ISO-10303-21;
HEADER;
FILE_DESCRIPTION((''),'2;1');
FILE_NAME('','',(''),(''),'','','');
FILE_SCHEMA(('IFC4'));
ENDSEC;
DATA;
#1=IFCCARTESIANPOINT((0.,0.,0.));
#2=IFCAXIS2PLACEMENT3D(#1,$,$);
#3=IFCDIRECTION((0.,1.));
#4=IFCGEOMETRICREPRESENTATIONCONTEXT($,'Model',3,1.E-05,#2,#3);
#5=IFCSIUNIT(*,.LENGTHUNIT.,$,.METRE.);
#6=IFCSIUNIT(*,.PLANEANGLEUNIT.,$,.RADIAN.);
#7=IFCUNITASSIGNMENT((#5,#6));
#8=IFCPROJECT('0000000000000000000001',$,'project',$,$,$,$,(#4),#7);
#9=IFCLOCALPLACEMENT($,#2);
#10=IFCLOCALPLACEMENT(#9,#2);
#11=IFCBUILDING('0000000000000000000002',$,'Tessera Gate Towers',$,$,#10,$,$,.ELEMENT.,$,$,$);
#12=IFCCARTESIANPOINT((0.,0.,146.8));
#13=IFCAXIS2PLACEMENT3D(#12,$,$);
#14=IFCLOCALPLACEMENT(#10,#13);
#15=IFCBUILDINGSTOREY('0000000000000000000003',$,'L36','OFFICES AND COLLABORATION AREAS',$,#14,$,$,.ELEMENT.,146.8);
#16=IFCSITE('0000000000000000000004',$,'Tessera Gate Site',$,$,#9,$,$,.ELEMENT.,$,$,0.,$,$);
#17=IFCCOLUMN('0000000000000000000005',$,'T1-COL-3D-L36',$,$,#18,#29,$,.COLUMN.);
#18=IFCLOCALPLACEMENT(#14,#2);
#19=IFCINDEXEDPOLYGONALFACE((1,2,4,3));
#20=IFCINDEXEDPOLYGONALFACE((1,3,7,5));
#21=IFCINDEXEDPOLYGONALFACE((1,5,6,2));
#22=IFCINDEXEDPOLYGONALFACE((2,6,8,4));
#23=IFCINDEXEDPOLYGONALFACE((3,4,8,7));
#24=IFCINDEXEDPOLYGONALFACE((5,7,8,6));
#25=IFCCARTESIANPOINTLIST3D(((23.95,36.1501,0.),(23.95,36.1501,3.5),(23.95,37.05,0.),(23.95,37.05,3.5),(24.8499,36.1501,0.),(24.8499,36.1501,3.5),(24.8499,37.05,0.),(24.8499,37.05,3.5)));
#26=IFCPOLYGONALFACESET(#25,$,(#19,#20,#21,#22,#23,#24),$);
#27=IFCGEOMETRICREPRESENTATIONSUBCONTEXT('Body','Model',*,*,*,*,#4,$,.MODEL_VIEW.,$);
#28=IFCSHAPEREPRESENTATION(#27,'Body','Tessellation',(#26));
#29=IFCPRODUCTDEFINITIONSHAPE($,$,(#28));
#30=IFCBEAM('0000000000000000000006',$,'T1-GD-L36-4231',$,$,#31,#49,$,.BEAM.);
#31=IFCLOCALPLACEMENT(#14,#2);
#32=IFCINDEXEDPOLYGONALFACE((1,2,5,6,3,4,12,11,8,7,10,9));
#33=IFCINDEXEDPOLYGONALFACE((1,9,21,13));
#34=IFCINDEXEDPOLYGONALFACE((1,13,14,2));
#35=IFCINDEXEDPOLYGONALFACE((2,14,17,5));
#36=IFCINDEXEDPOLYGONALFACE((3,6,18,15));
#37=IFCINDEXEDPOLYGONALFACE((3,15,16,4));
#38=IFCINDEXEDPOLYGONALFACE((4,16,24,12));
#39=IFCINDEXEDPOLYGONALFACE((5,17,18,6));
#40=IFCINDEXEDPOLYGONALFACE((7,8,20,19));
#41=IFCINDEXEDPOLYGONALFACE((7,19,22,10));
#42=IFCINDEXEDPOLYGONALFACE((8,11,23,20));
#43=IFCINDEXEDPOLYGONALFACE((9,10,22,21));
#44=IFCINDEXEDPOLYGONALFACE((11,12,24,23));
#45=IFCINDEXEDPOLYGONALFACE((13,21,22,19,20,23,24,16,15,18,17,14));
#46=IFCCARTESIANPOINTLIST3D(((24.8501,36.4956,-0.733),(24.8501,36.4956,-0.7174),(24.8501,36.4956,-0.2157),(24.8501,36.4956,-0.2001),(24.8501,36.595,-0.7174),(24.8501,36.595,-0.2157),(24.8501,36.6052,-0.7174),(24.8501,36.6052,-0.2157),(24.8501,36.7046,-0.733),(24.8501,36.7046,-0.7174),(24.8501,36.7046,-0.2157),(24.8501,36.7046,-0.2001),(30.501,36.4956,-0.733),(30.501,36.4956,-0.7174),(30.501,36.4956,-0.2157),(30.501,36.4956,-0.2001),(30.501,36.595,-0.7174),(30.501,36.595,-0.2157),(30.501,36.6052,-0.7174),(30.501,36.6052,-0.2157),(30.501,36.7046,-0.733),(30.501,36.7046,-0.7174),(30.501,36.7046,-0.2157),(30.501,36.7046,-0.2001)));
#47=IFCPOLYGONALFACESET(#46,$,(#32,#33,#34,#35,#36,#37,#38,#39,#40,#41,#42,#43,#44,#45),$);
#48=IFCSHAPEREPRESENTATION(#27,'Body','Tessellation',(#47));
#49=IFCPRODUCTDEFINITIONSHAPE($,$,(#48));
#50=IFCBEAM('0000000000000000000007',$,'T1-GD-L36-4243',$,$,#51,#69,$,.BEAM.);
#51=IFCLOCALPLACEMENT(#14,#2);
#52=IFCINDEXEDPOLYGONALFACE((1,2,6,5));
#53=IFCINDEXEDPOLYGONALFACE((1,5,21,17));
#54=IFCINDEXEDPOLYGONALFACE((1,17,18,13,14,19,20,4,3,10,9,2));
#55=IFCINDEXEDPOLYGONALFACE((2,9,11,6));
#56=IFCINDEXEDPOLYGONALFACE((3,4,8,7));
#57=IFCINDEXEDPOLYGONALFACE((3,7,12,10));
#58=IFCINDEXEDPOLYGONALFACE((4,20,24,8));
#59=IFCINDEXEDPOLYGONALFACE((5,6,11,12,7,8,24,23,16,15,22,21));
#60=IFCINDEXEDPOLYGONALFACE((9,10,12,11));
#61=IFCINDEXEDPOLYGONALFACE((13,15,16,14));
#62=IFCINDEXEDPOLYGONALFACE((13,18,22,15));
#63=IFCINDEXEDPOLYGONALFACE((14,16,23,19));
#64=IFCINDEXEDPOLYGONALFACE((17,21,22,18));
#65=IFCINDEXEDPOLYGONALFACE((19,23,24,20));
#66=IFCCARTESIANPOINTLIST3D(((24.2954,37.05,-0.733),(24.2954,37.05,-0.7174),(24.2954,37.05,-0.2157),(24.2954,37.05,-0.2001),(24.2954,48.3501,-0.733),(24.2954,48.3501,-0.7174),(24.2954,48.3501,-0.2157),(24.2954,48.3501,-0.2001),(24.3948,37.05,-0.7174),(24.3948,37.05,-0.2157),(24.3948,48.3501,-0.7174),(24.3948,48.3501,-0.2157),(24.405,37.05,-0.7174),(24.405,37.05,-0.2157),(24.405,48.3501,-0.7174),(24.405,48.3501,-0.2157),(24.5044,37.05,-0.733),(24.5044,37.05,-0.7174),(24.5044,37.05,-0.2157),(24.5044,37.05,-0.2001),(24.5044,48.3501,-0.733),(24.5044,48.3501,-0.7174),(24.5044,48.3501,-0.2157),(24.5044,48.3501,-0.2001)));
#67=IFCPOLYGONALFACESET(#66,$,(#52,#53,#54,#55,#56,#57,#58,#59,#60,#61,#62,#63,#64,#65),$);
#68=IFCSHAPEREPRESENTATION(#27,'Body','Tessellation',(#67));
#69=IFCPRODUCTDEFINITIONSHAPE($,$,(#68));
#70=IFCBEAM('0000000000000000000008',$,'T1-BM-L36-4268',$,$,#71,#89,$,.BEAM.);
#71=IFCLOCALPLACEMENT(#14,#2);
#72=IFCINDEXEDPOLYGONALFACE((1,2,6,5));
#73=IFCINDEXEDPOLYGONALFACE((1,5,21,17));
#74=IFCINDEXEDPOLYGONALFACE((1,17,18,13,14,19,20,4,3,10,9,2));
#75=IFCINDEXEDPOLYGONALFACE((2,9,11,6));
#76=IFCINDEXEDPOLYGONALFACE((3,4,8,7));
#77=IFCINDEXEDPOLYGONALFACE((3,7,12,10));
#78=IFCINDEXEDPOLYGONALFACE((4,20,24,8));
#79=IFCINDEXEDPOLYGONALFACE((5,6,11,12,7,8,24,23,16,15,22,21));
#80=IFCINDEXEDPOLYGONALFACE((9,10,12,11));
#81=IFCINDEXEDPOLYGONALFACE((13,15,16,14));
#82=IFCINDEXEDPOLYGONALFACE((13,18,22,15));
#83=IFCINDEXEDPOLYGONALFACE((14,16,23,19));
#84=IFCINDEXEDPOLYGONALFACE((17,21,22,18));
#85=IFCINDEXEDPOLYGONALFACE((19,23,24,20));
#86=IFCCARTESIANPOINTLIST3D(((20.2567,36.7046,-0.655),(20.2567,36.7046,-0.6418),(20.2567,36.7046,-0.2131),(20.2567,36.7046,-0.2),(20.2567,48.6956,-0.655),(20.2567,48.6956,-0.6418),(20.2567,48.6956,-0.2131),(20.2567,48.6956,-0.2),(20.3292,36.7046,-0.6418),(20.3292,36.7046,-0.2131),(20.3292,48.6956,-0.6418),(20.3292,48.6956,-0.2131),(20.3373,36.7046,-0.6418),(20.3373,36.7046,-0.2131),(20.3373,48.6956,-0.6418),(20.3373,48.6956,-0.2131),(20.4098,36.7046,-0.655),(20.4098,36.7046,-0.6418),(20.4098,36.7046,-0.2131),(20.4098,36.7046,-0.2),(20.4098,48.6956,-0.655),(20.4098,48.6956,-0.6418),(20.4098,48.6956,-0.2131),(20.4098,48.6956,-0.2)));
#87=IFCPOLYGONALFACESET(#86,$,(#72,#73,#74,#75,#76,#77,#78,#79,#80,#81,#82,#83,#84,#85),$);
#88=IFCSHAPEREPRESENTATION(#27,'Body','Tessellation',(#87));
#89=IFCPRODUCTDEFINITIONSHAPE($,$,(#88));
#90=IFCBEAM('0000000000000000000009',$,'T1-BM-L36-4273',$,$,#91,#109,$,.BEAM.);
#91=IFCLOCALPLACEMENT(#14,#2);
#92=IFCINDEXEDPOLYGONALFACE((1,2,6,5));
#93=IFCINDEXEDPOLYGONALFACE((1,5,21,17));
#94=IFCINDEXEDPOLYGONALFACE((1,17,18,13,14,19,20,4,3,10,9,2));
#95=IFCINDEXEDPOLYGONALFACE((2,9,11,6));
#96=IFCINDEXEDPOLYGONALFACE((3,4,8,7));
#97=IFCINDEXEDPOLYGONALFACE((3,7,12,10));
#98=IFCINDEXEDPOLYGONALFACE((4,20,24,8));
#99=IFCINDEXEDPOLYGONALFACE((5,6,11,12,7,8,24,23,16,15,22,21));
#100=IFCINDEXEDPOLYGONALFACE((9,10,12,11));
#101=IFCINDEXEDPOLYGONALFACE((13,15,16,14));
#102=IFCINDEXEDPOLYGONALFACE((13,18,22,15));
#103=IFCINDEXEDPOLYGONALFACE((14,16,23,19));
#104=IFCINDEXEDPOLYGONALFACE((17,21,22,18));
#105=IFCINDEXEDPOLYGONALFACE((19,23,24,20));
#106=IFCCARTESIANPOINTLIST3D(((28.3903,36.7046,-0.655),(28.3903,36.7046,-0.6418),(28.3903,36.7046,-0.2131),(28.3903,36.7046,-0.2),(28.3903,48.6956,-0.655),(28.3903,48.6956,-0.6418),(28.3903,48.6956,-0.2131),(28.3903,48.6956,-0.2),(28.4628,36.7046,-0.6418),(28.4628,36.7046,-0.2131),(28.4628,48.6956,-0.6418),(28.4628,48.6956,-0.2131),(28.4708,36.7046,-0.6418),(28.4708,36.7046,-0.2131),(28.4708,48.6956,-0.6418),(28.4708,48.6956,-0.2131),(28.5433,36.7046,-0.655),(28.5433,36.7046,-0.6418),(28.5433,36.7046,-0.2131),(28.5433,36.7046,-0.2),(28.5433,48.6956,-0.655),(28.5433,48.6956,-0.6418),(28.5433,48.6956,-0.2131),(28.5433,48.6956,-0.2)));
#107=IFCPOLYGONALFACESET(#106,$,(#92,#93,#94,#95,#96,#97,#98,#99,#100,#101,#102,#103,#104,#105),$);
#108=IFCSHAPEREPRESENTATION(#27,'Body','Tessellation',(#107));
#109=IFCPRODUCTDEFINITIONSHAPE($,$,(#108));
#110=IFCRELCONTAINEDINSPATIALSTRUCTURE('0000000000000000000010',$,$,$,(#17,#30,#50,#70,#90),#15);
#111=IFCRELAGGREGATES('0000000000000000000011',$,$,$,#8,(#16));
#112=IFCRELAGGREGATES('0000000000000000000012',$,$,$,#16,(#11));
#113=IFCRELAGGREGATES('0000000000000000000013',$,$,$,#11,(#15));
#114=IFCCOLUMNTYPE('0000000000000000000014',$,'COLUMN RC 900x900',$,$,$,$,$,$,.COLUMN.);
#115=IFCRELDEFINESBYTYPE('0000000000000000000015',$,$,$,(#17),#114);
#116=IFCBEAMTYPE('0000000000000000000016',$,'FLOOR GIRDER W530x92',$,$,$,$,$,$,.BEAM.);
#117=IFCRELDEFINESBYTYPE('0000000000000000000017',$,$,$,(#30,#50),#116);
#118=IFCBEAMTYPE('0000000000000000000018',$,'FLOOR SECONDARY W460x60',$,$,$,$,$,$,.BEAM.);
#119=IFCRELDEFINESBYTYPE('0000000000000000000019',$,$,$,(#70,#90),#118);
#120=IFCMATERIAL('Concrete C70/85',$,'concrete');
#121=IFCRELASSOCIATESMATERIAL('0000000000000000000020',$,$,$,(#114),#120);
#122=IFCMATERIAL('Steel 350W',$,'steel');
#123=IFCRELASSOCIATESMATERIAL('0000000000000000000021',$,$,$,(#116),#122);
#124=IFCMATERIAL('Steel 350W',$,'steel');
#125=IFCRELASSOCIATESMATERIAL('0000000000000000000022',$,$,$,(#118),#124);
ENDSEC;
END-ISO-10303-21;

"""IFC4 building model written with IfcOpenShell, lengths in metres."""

from ifc_helpers import new_model, si_unit, direction, frame, origin, origin_2d, place, context, subcontext, project, spatial, rectangle, i_section, extrude, material, material_profile, profile_set, type_object, element, save


model = new_model("IFC4")

# Units and contexts
model_context = context("Model", 3, precision=1e-05, world=origin(), true_north=direction((0.0, 1.0)))
body_context = subcontext(model_context, "Body", "Model", "MODEL_VIEW")
ifc_project = project(units=[si_unit("LENGTHUNIT", "METRE"), si_unit("PLANEANGLEUNIT", "RADIAN")], contexts=[model_context])

# Site, building, storey
site_placement = place(None, origin())
site = spatial("IfcSite", under=ifc_project, at=site_placement, Name="Tessera Gate Site", CompositionType="ELEMENT", RefElevation=0.0)
building_placement = place(site_placement, origin())
building = spatial("IfcBuilding", under=site, at=building_placement, Name="Tessera Gate Towers", CompositionType="ELEMENT")
storey_placement = place(building_placement, frame((0.0, 0.0, 146.8)))
storey = spatial("IfcBuildingStorey", under=building, at=storey_placement, Name="L36", Description="OFFICES AND COLLABORATION AREAS", CompositionType="ELEMENT", Elevation=146.8)

# Column
ifc_material_1 = material(Name="Concrete C70/85", Category="concrete")
ifc_material_profile_1 = material_profile(ifc_material_1, rectangle(XDim=0.8999, YDim=0.8999, at=origin_2d()), Name="RC 900x900")
ifc_profile_set_1 = profile_set([ifc_material_profile_1], Name="Concrete C70/85")
column_type = type_object("IfcColumnType", Name="COLUMN RC 900x900", PredefinedType="COLUMN", material=ifc_profile_set_1)
column_placement = place(storey_placement, frame((24.3999, 36.6001, 0.0), z_axis=(0.0, 0.0, 1.0), x_axis=(1.0, 0.0, 0.0)))
element("IfcColumn", 1, at=column_placement, inside=storey, type_object=column_type, Name="T1-COL-3D-L36", PredefinedType="COLUMN", context=body_context, shape_type="SweptSolid", body=[
    extrude(rectangle(XDim=0.8999, YDim=0.8999, at=origin_2d()), origin(), (0.0, 0.0, 1.0), 3.5),
])

# Beams
ifc_material_2 = material(Name="Steel 350W", Category="steel")
ifc_material_profile_2 = material_profile(ifc_material_2, i_section(OverallWidth=0.209, OverallDepth=0.533, WebThickness=0.0103, FlangeThickness=0.0156, at=origin_2d()), Name="W530x92")
ifc_profile_set_2 = profile_set([ifc_material_profile_2], Name="Steel 350W")
beam_type_1 = type_object("IfcBeamType", Name="FLOOR GIRDER W530x92", PredefinedType="BEAM", material=ifc_profile_set_2)
beam_1_placement = place(storey_placement, frame((24.8501, 36.6001, -0.4666), z_axis=(1.0, 0.0, 0.0), x_axis=(0.0, 1.0, 0.0)))
element("IfcBeam", 2, at=beam_1_placement, inside=storey, type_object=beam_type_1, Name="T1-GD-L36-4231", PredefinedType="BEAM", context=body_context, shape_type="SweptSolid", body=[
    extrude(i_section(OverallWidth=0.209, OverallDepth=0.533, WebThickness=0.0103, FlangeThickness=0.0156, at=origin_2d()), origin(), (0.0, 0.0, 1.0), 5.6509),
])
beam_2_placement = place(storey_placement, frame((24.3999, 37.05, -0.4666), z_axis=(0.0, 1.0, 0.0), x_axis=(-1.0, 0.0, 0.0)))
element("IfcBeam", 3, at=beam_2_placement, inside=storey, type_object=beam_type_1, Name="T1-GD-L36-4243", PredefinedType="BEAM", context=body_context, shape_type="SweptSolid", body=[
    extrude(i_section(OverallWidth=0.209, OverallDepth=0.533, WebThickness=0.0103, FlangeThickness=0.0156, at=origin_2d()), origin(), (0.0, 0.0, 1.0), 11.3),
])
ifc_material_3 = material(Name="Steel 350W", Category="steel")
ifc_material_profile_3 = material_profile(ifc_material_3, i_section(OverallWidth=0.1531, OverallDepth=0.4551, WebThickness=0.0081, FlangeThickness=0.0132, at=origin_2d()), Name="W460x60")
ifc_profile_set_3 = profile_set([ifc_material_profile_3], Name="Steel 350W")
beam_type_2 = type_object("IfcBeamType", Name="FLOOR SECONDARY W460x60", PredefinedType="BEAM", material=ifc_profile_set_3)
for number, where, z_axis, x_axis, name in (
    (4, (20.3333, 36.7046, -0.4275), (0.0, 1.0, 0.0), (-1.0, 0.0, 0.0), "T1-BM-L36-4268"),
    (5, (28.4668, 36.7046, -0.4275), (0.0, 1.0, 0.0), (-1.0, 0.0, 0.0), "T1-BM-L36-4273"),
):
    element("IfcBeam", number, at=place(storey_placement, frame(where, z_axis=z_axis, x_axis=x_axis)), inside=storey, type_object=beam_type_2, Name=name, PredefinedType="BEAM", context=body_context, shape_type="SweptSolid", body=[
        extrude(i_section(OverallWidth=0.1531, OverallDepth=0.4551, WebThickness=0.0081, FlangeThickness=0.0132, at=origin_2d()), origin(), (0.0, 0.0, 1.0), 11.991),
    ])

save(model, "model.ifc")
